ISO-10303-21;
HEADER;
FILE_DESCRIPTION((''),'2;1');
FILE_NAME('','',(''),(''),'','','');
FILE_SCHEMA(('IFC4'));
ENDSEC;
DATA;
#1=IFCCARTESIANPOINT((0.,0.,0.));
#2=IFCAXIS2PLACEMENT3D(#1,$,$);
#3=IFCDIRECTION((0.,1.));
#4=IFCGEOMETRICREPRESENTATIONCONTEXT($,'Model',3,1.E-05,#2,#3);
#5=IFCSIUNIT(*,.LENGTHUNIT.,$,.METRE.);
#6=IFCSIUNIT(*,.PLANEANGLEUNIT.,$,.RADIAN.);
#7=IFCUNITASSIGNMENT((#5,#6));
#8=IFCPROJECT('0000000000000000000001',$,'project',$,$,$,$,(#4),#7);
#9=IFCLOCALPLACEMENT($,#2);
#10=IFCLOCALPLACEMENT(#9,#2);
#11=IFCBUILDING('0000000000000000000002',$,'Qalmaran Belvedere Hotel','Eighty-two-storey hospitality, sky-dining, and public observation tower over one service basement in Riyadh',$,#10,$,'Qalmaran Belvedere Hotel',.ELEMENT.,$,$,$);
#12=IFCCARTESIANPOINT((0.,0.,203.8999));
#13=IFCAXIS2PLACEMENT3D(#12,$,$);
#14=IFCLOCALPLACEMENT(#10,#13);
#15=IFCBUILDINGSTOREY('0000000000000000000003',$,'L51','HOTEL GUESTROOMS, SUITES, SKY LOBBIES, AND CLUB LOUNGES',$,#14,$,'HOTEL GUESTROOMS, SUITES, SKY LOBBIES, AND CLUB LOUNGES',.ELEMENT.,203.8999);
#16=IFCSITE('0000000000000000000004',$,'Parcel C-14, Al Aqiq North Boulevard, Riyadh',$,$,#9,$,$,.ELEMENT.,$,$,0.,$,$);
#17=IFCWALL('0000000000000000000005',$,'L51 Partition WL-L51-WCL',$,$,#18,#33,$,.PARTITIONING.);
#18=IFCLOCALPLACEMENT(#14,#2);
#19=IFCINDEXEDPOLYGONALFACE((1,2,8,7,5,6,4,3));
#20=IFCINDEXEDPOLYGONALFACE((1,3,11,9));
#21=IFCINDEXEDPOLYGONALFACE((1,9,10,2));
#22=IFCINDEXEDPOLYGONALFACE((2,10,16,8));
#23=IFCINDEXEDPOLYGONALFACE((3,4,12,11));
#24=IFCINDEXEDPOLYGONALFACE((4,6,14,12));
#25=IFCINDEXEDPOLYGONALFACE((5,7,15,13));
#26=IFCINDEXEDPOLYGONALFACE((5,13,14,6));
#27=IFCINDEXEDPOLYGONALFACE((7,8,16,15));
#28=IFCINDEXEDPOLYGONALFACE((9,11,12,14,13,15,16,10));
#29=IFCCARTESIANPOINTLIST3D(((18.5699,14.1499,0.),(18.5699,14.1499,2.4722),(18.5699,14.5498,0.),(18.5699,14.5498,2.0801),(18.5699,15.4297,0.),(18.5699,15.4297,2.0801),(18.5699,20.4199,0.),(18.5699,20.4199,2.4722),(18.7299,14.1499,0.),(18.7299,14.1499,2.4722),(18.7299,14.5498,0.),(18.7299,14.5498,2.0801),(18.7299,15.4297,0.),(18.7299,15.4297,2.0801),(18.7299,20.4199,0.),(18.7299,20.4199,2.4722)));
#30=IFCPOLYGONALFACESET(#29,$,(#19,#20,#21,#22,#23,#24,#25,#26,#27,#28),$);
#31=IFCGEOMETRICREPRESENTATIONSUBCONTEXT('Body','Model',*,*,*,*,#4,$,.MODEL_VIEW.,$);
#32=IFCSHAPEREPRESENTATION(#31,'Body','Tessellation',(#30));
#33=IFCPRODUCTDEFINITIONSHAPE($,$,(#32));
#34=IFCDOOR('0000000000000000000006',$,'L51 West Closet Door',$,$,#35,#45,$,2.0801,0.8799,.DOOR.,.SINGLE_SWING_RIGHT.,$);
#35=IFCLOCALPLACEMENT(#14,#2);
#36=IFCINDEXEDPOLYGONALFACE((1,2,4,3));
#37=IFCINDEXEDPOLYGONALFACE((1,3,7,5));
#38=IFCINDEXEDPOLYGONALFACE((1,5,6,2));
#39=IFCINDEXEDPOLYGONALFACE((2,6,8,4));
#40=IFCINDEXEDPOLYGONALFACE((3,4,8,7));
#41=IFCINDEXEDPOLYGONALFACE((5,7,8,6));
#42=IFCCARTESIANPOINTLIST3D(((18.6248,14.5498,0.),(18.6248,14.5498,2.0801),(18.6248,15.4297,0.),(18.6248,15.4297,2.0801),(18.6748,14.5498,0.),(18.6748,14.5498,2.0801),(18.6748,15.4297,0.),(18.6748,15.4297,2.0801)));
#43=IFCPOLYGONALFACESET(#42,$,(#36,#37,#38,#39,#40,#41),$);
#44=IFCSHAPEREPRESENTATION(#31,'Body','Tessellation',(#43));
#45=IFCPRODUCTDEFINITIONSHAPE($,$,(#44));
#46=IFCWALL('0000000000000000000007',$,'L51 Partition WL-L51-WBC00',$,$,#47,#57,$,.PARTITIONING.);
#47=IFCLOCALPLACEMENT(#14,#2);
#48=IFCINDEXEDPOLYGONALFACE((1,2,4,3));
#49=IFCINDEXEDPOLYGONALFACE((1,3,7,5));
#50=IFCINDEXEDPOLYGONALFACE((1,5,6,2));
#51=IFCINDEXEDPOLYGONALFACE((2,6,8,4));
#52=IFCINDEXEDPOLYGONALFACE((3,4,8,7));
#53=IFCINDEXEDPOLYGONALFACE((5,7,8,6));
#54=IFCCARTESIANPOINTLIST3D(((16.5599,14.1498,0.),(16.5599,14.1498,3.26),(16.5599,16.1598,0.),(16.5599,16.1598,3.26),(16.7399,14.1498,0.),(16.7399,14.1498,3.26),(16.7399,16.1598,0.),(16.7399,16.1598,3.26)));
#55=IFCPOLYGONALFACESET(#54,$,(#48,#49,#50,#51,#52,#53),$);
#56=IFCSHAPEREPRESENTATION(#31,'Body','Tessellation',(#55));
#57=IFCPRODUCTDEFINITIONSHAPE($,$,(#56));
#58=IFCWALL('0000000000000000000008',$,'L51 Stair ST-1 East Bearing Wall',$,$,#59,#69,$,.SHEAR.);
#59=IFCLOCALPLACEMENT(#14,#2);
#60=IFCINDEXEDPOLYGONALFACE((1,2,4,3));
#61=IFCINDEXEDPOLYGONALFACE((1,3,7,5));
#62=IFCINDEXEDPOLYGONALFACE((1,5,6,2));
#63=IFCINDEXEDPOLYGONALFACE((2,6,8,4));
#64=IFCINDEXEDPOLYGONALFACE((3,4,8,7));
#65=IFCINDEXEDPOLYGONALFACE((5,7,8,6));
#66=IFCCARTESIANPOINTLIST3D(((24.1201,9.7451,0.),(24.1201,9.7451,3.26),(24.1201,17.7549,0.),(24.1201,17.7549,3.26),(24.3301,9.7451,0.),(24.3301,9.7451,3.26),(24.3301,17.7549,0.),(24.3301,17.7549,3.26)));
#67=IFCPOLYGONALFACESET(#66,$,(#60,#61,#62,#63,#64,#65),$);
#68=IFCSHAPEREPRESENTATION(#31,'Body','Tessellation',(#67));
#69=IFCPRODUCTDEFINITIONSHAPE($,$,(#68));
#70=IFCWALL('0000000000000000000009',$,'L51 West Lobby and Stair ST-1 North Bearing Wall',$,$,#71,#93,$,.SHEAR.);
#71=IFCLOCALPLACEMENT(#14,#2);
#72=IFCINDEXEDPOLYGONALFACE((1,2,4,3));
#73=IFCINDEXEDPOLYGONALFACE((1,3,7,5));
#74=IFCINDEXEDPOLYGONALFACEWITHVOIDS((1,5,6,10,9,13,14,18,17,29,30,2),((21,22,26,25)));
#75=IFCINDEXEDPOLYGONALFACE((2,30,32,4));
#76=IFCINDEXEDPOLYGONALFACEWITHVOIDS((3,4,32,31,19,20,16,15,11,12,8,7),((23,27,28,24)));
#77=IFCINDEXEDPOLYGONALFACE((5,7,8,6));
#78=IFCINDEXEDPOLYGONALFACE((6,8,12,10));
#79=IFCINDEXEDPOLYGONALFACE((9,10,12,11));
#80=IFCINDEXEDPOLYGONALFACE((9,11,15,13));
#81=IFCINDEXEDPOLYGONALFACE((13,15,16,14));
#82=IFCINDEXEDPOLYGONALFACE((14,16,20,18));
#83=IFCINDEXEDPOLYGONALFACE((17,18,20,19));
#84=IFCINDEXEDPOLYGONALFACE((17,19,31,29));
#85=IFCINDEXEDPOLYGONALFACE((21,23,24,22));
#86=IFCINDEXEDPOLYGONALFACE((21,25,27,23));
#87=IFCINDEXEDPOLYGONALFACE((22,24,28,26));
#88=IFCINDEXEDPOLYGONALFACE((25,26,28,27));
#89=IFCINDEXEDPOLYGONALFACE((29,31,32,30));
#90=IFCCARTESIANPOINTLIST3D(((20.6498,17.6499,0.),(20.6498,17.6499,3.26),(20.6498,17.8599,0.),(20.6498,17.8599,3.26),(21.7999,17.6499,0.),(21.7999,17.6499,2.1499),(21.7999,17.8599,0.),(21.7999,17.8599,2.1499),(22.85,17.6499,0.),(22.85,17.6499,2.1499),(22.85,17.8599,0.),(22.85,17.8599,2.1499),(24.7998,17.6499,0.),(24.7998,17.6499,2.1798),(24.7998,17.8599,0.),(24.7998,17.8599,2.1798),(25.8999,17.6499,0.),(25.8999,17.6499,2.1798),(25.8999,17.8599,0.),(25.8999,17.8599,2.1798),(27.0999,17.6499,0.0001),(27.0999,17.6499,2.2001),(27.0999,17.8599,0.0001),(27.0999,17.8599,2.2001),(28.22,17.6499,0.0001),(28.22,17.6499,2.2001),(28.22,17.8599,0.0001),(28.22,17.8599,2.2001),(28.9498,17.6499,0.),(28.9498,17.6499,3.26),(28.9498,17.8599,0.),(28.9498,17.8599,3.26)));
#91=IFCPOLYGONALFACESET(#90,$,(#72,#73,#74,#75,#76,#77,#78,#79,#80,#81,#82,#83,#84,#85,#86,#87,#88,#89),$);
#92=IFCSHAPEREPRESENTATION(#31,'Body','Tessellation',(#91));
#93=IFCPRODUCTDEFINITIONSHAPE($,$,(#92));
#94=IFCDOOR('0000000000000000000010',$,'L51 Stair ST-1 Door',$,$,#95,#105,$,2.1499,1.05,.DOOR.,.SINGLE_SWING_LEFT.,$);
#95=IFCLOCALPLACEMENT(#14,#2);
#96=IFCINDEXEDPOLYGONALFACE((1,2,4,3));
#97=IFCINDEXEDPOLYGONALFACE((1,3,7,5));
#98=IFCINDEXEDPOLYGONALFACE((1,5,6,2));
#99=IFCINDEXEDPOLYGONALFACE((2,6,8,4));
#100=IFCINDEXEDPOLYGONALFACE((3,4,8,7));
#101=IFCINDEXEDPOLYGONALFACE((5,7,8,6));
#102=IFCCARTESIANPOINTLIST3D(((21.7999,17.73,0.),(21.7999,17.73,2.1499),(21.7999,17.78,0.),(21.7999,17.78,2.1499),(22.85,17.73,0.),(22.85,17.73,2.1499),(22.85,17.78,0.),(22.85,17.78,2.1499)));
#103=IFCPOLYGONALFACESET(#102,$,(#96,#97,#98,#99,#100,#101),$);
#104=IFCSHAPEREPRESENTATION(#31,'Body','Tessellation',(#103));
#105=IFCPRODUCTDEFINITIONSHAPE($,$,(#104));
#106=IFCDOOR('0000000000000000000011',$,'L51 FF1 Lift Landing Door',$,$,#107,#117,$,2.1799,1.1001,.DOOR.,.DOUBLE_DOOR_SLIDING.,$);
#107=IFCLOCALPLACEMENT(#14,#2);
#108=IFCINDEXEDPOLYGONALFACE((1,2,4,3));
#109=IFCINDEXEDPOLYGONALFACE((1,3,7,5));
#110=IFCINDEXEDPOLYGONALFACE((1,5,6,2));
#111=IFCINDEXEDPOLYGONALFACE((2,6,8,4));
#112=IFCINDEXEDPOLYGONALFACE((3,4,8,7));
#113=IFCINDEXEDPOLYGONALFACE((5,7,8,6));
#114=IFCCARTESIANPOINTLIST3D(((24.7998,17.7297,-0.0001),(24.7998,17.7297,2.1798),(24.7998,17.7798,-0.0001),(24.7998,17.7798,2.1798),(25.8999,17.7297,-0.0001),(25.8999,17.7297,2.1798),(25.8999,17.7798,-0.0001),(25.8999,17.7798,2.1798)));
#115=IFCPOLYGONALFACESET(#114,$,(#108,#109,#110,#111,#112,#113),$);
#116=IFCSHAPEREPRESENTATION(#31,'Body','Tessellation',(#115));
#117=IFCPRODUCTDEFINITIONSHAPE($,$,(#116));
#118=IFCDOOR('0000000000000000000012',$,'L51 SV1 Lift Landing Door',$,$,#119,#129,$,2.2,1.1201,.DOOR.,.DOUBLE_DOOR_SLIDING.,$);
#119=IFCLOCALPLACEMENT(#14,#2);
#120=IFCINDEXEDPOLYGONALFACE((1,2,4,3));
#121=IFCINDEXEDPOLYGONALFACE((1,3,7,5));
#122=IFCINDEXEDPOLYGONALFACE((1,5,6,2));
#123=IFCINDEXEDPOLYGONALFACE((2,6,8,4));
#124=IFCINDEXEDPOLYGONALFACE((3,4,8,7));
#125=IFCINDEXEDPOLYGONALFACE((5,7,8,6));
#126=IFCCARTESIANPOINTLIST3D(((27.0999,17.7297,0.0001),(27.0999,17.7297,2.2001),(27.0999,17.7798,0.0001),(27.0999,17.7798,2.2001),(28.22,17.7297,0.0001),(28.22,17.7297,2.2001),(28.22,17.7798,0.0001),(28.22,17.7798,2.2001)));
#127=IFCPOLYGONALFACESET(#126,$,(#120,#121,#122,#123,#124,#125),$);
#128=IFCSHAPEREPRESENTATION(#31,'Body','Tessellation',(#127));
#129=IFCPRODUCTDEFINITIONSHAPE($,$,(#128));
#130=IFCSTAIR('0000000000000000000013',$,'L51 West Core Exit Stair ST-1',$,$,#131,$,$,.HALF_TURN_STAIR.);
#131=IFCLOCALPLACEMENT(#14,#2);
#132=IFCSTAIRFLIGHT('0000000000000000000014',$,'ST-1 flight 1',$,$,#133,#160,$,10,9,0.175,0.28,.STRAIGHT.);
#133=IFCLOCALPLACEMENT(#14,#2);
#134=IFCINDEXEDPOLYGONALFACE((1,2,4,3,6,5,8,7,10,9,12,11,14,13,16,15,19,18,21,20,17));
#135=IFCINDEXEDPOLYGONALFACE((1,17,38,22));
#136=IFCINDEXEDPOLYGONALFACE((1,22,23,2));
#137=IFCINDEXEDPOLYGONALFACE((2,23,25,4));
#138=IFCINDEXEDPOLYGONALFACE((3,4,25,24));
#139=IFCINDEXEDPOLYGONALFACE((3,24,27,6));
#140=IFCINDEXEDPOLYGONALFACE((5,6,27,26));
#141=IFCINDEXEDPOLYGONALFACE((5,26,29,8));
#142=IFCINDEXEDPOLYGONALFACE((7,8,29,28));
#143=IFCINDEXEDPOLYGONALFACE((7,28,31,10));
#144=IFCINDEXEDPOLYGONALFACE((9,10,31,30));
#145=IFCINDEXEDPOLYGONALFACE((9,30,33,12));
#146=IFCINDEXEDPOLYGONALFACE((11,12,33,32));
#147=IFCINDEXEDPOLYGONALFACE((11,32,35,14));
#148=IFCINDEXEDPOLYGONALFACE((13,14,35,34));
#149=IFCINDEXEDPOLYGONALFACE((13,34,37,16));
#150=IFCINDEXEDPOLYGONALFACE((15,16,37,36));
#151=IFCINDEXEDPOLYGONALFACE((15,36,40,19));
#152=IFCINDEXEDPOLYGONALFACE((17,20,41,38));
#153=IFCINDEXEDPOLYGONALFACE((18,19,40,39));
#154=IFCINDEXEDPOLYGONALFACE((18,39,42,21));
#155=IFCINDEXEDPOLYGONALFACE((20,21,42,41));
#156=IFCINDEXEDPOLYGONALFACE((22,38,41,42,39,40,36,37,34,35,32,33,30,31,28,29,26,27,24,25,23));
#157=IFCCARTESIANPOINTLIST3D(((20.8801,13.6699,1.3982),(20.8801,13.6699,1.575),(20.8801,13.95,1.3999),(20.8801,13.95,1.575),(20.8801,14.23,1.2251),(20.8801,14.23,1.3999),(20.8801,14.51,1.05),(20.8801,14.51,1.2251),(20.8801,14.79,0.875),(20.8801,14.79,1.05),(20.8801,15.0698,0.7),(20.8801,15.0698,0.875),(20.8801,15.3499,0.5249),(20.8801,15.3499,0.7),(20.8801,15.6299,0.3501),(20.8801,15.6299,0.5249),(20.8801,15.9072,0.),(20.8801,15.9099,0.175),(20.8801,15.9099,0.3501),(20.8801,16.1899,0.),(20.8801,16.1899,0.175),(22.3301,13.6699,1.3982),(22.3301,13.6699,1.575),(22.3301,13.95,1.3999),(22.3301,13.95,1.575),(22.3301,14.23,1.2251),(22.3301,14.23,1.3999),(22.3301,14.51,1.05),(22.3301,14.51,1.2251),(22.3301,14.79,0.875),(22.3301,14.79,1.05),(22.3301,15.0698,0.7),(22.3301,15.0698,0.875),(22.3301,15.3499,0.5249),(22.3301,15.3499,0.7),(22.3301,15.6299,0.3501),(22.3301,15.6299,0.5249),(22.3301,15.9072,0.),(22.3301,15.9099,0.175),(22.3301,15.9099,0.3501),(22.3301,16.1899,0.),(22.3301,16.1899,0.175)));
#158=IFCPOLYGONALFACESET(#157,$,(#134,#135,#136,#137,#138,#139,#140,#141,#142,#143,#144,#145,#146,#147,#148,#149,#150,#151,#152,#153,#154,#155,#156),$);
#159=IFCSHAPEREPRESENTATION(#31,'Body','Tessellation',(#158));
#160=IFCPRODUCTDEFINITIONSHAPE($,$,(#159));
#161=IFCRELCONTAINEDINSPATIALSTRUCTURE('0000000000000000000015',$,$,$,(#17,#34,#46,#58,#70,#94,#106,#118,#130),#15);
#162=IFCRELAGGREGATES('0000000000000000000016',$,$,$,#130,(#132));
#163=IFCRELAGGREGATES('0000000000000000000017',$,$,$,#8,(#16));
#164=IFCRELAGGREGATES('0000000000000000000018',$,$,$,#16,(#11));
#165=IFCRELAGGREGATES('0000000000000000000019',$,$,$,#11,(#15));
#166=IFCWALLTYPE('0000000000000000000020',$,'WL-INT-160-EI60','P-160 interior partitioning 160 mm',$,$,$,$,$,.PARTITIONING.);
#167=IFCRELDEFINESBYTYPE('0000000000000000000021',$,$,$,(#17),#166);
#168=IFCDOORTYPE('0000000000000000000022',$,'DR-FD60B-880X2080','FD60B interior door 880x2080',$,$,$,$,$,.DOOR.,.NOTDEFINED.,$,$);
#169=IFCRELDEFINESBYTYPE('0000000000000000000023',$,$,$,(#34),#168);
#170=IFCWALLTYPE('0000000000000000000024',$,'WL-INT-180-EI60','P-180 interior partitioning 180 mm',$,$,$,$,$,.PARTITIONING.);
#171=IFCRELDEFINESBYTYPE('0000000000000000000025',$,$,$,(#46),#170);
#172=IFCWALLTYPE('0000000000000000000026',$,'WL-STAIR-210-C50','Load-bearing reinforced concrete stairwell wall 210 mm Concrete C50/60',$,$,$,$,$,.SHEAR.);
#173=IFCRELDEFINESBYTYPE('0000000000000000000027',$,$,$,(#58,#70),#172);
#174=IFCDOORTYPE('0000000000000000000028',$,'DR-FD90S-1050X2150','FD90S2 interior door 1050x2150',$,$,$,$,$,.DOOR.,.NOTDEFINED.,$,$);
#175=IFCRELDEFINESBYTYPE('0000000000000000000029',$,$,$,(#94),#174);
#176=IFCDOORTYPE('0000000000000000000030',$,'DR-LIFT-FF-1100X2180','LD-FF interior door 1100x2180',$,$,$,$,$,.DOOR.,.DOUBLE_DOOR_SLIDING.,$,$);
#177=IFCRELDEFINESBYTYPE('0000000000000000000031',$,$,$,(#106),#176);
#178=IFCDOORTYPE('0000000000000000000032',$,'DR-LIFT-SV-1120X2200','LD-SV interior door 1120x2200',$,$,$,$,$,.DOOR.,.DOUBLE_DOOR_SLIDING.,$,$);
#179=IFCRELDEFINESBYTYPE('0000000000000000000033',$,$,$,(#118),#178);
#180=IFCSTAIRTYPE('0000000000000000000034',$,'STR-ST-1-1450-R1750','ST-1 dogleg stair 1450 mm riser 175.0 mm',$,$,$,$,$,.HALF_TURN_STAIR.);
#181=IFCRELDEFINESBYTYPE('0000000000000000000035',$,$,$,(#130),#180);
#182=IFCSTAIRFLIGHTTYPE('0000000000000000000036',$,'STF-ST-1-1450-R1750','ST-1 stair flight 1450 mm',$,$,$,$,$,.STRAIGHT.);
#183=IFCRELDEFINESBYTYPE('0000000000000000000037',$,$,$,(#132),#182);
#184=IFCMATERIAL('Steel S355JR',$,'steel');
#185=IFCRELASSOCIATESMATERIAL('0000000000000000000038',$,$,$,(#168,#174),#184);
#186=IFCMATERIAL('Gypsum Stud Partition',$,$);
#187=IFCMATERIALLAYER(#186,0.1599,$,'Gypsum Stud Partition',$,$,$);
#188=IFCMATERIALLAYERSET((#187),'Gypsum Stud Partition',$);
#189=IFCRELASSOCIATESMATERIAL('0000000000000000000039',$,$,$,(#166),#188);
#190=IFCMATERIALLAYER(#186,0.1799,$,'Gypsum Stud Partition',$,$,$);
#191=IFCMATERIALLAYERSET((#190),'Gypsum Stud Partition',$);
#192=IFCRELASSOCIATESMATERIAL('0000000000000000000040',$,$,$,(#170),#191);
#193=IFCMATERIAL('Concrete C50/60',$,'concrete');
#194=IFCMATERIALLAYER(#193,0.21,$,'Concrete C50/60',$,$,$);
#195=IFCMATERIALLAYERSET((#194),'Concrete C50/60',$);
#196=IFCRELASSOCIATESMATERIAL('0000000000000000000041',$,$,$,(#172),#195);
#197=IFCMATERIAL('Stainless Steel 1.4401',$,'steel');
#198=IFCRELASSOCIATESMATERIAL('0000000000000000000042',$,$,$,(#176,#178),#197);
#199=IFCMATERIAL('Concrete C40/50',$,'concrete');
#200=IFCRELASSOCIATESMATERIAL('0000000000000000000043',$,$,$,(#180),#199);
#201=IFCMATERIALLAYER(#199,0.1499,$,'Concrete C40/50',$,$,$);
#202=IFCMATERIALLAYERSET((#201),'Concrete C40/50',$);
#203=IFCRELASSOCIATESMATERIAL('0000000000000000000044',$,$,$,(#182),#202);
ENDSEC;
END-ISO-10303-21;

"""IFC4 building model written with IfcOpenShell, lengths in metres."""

from ifc_helpers import new_model, si_unit, direction, frame, frame_2d, origin, place, context, subcontext, project, spatial, polyline, rectangle, outline, extrude, material, layer, layer_set, type_object, element, fill, aggregate, save


model = new_model("IFC4")

# Units and contexts
model_context = context("Model", 3, precision=1e-05, world=origin(), true_north=direction((0.0, 1.0)))
body_context = subcontext(model_context, "Body", "Model", "MODEL_VIEW")
ifc_project = project(units=[si_unit("LENGTHUNIT", "METRE"), si_unit("PLANEANGLEUNIT", "RADIAN")], contexts=[model_context])

# Site, building, storey
site_placement = place(None, origin())
site = spatial("IfcSite", under=ifc_project, at=site_placement, Name="Parcel C-14, Al Aqiq North Boulevard, Riyadh", CompositionType="ELEMENT", RefElevation=0.0)
building_placement = place(site_placement, origin())
building = spatial("IfcBuilding", under=site, at=building_placement, Name="Qalmaran Belvedere Hotel", Description="Eighty-two-storey hospitality, sky-dining, and public observation tower over one service basement in Riyadh", LongName="Qalmaran Belvedere Hotel", CompositionType="ELEMENT")
storey_placement = place(building_placement, frame((0.0, 0.0, 203.8999)))
storey = spatial("IfcBuildingStorey", under=building, at=storey_placement, Name="L51", Description="HOTEL GUESTROOMS, SUITES, SKY LOBBIES, AND CLUB LOUNGES", LongName="HOTEL GUESTROOMS, SUITES, SKY LOBBIES, AND CLUB LOUNGES", CompositionType="ELEMENT", Elevation=203.8999)

# Shared definitions
ifc_material_1 = material(Name="Gypsum Stud Partition")

# Shared definitions
ifc_material_2 = material(Name="Steel S355JR", Category="steel")
door_type_1 = type_object("IfcDoorType", Name="DR-FD60B-880X2080", Description="FD60B interior door 880x2080", OperationType="NOTDEFINED", PredefinedType="DOOR", material=ifc_material_2)

# Wall, opening, door
ifc_layer_1 = layer(ifc_material_1, 0.1599, Name="Gypsum Stud Partition")
ifc_layer_set_1 = layer_set([ifc_layer_1], Name="Gypsum Stud Partition")
wall_type_1 = type_object("IfcWallType", Name="WL-INT-160-EI60", Description="P-160 interior partitioning 160 mm", PredefinedType="PARTITIONING", material=ifc_layer_set_1)
wall_1_placement = place(storey_placement, frame((18.6499, 14.1499, 0.0), z_axis=(0.0, 0.0, 1.0), x_axis=(0.0, 1.0, 0.0)))
wall_1 = element("IfcWall", 1, at=wall_1_placement, inside=storey, type_object=wall_type_1, Name="L51 Partition WL-L51-WCL", PredefinedType="PARTITIONING", context=body_context, shape_type="SweptSolid", body=[
    extrude(rectangle(XDim=6.27, YDim=0.1599, at=frame_2d((3.135, 0.0))), origin(), (0.0, 0.0, 1.0), 2.4722),
])
opening_1_placement = place(wall_1_placement, frame((1.2798, 0.0, 0.0), z_axis=(0.0, 0.0, 1.0), x_axis=(-1.0, 0.0, 0.0)))
opening_1 = element("IfcOpeningElement", 2, at=opening_1_placement, cuts=wall_1, PredefinedType="OPENING", context=body_context, shape_type="SweptSolid", body=[
    extrude(rectangle(XDim=0.8799, YDim=2.0801, at=frame_2d((0.4399, 1.04))), frame((0.0, 0.0898, 0.0), z_axis=(0.0, -1.0, 0.0), x_axis=(1.0, 0.0, 0.0)), (0.0, 0.0, 1.0), 0.1799),
])
door_1_placement = place(opening_1_placement, origin())
door_1 = element("IfcDoor", 3, at=door_1_placement, inside=storey, type_object=door_type_1, Name="L51 West Closet Door", OperationType="SINGLE_SWING_RIGHT", OverallHeight=2.0801, OverallWidth=0.8799, PredefinedType="DOOR", context=body_context, shape_type="SweptSolid", body=[
    extrude(rectangle(XDim=0.8799, YDim=2.0801, at=frame_2d((0.4399, 1.04))), frame((0.0, 0.0249, 0.0), z_axis=(0.0, -1.0, 0.0), x_axis=(1.0, 0.0, 0.0)), (0.0, 0.0, 1.0), 0.05),
])
fill(opening_1, door_1)

# Wall
ifc_layer_2 = layer(ifc_material_1, 0.1799, Name="Gypsum Stud Partition")
ifc_layer_set_2 = layer_set([ifc_layer_2], Name="Gypsum Stud Partition")
wall_type_2 = type_object("IfcWallType", Name="WL-INT-180-EI60", Description="P-180 interior partitioning 180 mm", PredefinedType="PARTITIONING", material=ifc_layer_set_2)
wall_2_placement = place(storey_placement, frame((16.6499, 14.1499, 0.0), z_axis=(0.0, 0.0, 1.0), x_axis=(0.0, 1.0, 0.0)))
element("IfcWall", 4, at=wall_2_placement, inside=storey, type_object=wall_type_2, Name="L51 Partition WL-L51-WBC00", PredefinedType="PARTITIONING", context=body_context, shape_type="SweptSolid", body=[
    extrude(rectangle(XDim=2.01, YDim=0.1799, at=frame_2d((1.0049, 0.0))), origin(), (0.0, 0.0, 1.0), 3.26),
])

# Wall
ifc_material_3 = material(Name="Concrete C50/60", Category="concrete")
ifc_layer_3 = layer(ifc_material_3, 0.21, Name="Concrete C50/60")
ifc_layer_set_3 = layer_set([ifc_layer_3], Name="Concrete C50/60")
wall_type_3 = type_object("IfcWallType", Name="WL-STAIR-210-C50", Description="Load-bearing reinforced concrete stairwell wall 210 mm Concrete C50/60", PredefinedType="SHEAR", material=ifc_layer_set_3)
wall_3_placement = place(storey_placement, frame((24.2251, 9.7451, 0.0), z_axis=(0.0, 0.0, 1.0), x_axis=(0.0, 1.0, 0.0)))
element("IfcWall", 5, at=wall_3_placement, inside=storey, type_object=wall_type_3, Name="L51 Stair ST-1 East Bearing Wall", PredefinedType="SHEAR", context=body_context, shape_type="SweptSolid", body=[
    extrude(rectangle(XDim=8.0098, YDim=0.21, at=frame_2d((4.0049, 0.0))), origin(), (0.0, 0.0, 1.0), 3.26),
])

# Wall, openings, doors
wall_4_placement = place(storey_placement, frame((20.6499, 17.7549, 0.0), z_axis=(0.0, 0.0, 1.0), x_axis=(1.0, 0.0, 0.0)))
wall_4 = element("IfcWall", 6, at=wall_4_placement, inside=storey, type_object=wall_type_3, Name="L51 West Lobby and Stair ST-1 North Bearing Wall", PredefinedType="SHEAR", context=body_context, shape_type="SweptSolid", body=[
    extrude(rectangle(XDim=8.3, YDim=0.21, at=frame_2d((4.1499, 0.0))), origin(), (0.0, 0.0, 1.0), 3.26),
])
opening_2_placement = place(wall_4_placement, frame((2.2, 0.0, 0.0), z_axis=(0.0, 0.0, 1.0), x_axis=(-1.0, 0.0, 0.0)))
opening_2 = element("IfcOpeningElement", 7, at=opening_2_placement, cuts=wall_4, PredefinedType="OPENING", context=body_context, shape_type="SweptSolid", body=[
    extrude(rectangle(XDim=1.05, YDim=2.1499, at=frame_2d((0.5249, 1.075))), frame((0.0, 0.115, 0.0), z_axis=(0.0, -1.0, 0.0), x_axis=(1.0, 0.0, 0.0)), (0.0, 0.0, 1.0), 0.23),
])
opening_3_placement = place(wall_4_placement, frame((4.1499, 0.0, 0.0)))
opening_3 = element("IfcOpeningElement", 8, at=opening_3_placement, cuts=wall_4, PredefinedType="OPENING", context=body_context, shape_type="SweptSolid", body=[
    extrude(rectangle(XDim=1.1001, YDim=2.1799, at=frame_2d((0.55, 1.0898))), frame((0.0, 0.115, 0.0), z_axis=(0.0, -1.0, 0.0), x_axis=(1.0, 0.0, 0.0)), (0.0, 0.0, 1.0), 0.23),
])
opening_4_placement = place(wall_4_placement, frame((6.45, 0.0, 0.0)))
opening_4 = element("IfcOpeningElement", 9, at=opening_4_placement, cuts=wall_4, PredefinedType="OPENING", context=body_context, shape_type="SweptSolid", body=[
    extrude(rectangle(XDim=1.1201, YDim=2.2, at=frame_2d((0.5601, 1.1001))), frame((0.0, 0.115, 0.0), z_axis=(0.0, -1.0, 0.0), x_axis=(1.0, 0.0, 0.0)), (0.0, 0.0, 1.0), 0.23),
])
door_type_2 = type_object("IfcDoorType", Name="DR-FD90S-1050X2150", Description="FD90S2 interior door 1050x2150", OperationType="NOTDEFINED", PredefinedType="DOOR", material=ifc_material_2)
door_2_placement = place(opening_2_placement, origin())
door_2 = element("IfcDoor", 10, at=door_2_placement, inside=storey, type_object=door_type_2, Name="L51 Stair ST-1 Door", OperationType="SINGLE_SWING_LEFT", OverallHeight=2.1499, OverallWidth=1.05, PredefinedType="DOOR", context=body_context, shape_type="SweptSolid", body=[
    extrude(rectangle(XDim=1.05, YDim=2.1499, at=frame_2d((0.5249, 1.075))), frame((0.0, 0.0249, 0.0), z_axis=(0.0, -1.0, 0.0), x_axis=(1.0, 0.0, 0.0)), (0.0, 0.0, 1.0), 0.05),
])
fill(opening_2, door_2)
ifc_material_4 = material(Name="Stainless Steel 1.4401", Category="steel")
door_type_3 = type_object("IfcDoorType", Name="DR-LIFT-FF-1100X2180", Description="LD-FF interior door 1100x2180", OperationType="DOUBLE_DOOR_SLIDING", PredefinedType="DOOR", material=ifc_material_4)
door_3_placement = place(opening_3_placement, origin())
door_3 = element("IfcDoor", 11, at=door_3_placement, inside=storey, type_object=door_type_3, Name="L51 FF1 Lift Landing Door", OperationType="DOUBLE_DOOR_SLIDING", OverallHeight=2.1799, OverallWidth=1.1001, PredefinedType="DOOR", context=body_context, shape_type="SweptSolid", body=[
    extrude(rectangle(XDim=1.1001, YDim=2.1799, at=frame_2d((0.55, 1.0898))), frame((0.0, 0.0249, 0.0), z_axis=(0.0, -1.0, 0.0), x_axis=(1.0, 0.0, 0.0)), (0.0, 0.0, 1.0), 0.05),
])
fill(opening_3, door_3)
door_type_4 = type_object("IfcDoorType", Name="DR-LIFT-SV-1120X2200", Description="LD-SV interior door 1120x2200", OperationType="DOUBLE_DOOR_SLIDING", PredefinedType="DOOR", material=ifc_material_4)
door_4_placement = place(opening_4_placement, origin())
door_4 = element("IfcDoor", 12, at=door_4_placement, inside=storey, type_object=door_type_4, Name="L51 SV1 Lift Landing Door", OperationType="DOUBLE_DOOR_SLIDING", OverallHeight=2.2, OverallWidth=1.1201, PredefinedType="DOOR", context=body_context, shape_type="SweptSolid", body=[
    extrude(rectangle(XDim=1.1201, YDim=2.2, at=frame_2d((0.5601, 1.1001))), frame((0.0, 0.0249, 0.0), z_axis=(0.0, -1.0, 0.0), x_axis=(1.0, 0.0, 0.0)), (0.0, 0.0, 1.0), 0.05),
])
fill(opening_4, door_4)

# Stair, stair flight
ifc_material_5 = material(Name="Concrete C40/50", Category="concrete")
stair_type = type_object("IfcStairType", Name="STR-ST-1-1450-R1750", Description="ST-1 dogleg stair 1450 mm riser 175.0 mm", PredefinedType="HALF_TURN_STAIR", material=ifc_material_5)
stair_placement = place(storey_placement, origin())
stair = element("IfcStair", 13, at=stair_placement, inside=storey, type_object=stair_type, Name="L51 West Core Exit Stair ST-1", PredefinedType="HALF_TURN_STAIR")
ifc_layer_4 = layer(ifc_material_5, 0.1499, Name="Concrete C40/50")
ifc_layer_set_4 = layer_set([ifc_layer_4], Name="Concrete C40/50")
stair_flight_type = type_object("IfcStairFlightType", Name="STF-ST-1-1450-R1750", Description="ST-1 stair flight 1450 mm", PredefinedType="STRAIGHT", material=ifc_layer_set_4)
stair_flight_1_placement = place(storey_placement, frame((21.605, 16.1899, 0.0), z_axis=(0.0, 0.0, 1.0), x_axis=(0.0, -1.0, 0.0)))
stair_flight_1 = element("IfcStairFlight", 14, at=stair_flight_1_placement, type_object=stair_flight_type, Name="ST-1 flight 1", NumberOfRisers=10, NumberOfTreads=9, PredefinedType="STRAIGHT", RiserHeight=0.175, TreadLength=0.28, context=body_context, shape_type="SweptSolid", body=[
    extrude(outline(polyline([(0.0, 0.0), (0.0, 0.175), (0.28, 0.175), (0.28, 0.3501), (0.5601, 0.3501), (0.5601, 0.5249), (0.8401, 0.5249), (0.8401, 0.7), (1.1201, 0.7), (1.1201, 0.875), (1.3999, 0.875), (1.3999, 1.05), (1.6799, 1.05), (1.6799, 1.2251), (1.96, 1.2251), (1.96, 1.3999), (2.24, 1.3999), (2.24, 1.575), (2.52, 1.575), (2.52, 1.75), (2.52, 1.3982), (0.2827, 0.0), (0.0, 0.0)])), frame((0.0, 0.7251, 0.0), z_axis=(0.0, -1.0, 0.0), x_axis=(1.0, 0.0, 0.0)), (0.0, 0.0, 1.0), 1.45),
])
aggregate(stair, [stair_flight_1])

save(model, "model.ifc")
